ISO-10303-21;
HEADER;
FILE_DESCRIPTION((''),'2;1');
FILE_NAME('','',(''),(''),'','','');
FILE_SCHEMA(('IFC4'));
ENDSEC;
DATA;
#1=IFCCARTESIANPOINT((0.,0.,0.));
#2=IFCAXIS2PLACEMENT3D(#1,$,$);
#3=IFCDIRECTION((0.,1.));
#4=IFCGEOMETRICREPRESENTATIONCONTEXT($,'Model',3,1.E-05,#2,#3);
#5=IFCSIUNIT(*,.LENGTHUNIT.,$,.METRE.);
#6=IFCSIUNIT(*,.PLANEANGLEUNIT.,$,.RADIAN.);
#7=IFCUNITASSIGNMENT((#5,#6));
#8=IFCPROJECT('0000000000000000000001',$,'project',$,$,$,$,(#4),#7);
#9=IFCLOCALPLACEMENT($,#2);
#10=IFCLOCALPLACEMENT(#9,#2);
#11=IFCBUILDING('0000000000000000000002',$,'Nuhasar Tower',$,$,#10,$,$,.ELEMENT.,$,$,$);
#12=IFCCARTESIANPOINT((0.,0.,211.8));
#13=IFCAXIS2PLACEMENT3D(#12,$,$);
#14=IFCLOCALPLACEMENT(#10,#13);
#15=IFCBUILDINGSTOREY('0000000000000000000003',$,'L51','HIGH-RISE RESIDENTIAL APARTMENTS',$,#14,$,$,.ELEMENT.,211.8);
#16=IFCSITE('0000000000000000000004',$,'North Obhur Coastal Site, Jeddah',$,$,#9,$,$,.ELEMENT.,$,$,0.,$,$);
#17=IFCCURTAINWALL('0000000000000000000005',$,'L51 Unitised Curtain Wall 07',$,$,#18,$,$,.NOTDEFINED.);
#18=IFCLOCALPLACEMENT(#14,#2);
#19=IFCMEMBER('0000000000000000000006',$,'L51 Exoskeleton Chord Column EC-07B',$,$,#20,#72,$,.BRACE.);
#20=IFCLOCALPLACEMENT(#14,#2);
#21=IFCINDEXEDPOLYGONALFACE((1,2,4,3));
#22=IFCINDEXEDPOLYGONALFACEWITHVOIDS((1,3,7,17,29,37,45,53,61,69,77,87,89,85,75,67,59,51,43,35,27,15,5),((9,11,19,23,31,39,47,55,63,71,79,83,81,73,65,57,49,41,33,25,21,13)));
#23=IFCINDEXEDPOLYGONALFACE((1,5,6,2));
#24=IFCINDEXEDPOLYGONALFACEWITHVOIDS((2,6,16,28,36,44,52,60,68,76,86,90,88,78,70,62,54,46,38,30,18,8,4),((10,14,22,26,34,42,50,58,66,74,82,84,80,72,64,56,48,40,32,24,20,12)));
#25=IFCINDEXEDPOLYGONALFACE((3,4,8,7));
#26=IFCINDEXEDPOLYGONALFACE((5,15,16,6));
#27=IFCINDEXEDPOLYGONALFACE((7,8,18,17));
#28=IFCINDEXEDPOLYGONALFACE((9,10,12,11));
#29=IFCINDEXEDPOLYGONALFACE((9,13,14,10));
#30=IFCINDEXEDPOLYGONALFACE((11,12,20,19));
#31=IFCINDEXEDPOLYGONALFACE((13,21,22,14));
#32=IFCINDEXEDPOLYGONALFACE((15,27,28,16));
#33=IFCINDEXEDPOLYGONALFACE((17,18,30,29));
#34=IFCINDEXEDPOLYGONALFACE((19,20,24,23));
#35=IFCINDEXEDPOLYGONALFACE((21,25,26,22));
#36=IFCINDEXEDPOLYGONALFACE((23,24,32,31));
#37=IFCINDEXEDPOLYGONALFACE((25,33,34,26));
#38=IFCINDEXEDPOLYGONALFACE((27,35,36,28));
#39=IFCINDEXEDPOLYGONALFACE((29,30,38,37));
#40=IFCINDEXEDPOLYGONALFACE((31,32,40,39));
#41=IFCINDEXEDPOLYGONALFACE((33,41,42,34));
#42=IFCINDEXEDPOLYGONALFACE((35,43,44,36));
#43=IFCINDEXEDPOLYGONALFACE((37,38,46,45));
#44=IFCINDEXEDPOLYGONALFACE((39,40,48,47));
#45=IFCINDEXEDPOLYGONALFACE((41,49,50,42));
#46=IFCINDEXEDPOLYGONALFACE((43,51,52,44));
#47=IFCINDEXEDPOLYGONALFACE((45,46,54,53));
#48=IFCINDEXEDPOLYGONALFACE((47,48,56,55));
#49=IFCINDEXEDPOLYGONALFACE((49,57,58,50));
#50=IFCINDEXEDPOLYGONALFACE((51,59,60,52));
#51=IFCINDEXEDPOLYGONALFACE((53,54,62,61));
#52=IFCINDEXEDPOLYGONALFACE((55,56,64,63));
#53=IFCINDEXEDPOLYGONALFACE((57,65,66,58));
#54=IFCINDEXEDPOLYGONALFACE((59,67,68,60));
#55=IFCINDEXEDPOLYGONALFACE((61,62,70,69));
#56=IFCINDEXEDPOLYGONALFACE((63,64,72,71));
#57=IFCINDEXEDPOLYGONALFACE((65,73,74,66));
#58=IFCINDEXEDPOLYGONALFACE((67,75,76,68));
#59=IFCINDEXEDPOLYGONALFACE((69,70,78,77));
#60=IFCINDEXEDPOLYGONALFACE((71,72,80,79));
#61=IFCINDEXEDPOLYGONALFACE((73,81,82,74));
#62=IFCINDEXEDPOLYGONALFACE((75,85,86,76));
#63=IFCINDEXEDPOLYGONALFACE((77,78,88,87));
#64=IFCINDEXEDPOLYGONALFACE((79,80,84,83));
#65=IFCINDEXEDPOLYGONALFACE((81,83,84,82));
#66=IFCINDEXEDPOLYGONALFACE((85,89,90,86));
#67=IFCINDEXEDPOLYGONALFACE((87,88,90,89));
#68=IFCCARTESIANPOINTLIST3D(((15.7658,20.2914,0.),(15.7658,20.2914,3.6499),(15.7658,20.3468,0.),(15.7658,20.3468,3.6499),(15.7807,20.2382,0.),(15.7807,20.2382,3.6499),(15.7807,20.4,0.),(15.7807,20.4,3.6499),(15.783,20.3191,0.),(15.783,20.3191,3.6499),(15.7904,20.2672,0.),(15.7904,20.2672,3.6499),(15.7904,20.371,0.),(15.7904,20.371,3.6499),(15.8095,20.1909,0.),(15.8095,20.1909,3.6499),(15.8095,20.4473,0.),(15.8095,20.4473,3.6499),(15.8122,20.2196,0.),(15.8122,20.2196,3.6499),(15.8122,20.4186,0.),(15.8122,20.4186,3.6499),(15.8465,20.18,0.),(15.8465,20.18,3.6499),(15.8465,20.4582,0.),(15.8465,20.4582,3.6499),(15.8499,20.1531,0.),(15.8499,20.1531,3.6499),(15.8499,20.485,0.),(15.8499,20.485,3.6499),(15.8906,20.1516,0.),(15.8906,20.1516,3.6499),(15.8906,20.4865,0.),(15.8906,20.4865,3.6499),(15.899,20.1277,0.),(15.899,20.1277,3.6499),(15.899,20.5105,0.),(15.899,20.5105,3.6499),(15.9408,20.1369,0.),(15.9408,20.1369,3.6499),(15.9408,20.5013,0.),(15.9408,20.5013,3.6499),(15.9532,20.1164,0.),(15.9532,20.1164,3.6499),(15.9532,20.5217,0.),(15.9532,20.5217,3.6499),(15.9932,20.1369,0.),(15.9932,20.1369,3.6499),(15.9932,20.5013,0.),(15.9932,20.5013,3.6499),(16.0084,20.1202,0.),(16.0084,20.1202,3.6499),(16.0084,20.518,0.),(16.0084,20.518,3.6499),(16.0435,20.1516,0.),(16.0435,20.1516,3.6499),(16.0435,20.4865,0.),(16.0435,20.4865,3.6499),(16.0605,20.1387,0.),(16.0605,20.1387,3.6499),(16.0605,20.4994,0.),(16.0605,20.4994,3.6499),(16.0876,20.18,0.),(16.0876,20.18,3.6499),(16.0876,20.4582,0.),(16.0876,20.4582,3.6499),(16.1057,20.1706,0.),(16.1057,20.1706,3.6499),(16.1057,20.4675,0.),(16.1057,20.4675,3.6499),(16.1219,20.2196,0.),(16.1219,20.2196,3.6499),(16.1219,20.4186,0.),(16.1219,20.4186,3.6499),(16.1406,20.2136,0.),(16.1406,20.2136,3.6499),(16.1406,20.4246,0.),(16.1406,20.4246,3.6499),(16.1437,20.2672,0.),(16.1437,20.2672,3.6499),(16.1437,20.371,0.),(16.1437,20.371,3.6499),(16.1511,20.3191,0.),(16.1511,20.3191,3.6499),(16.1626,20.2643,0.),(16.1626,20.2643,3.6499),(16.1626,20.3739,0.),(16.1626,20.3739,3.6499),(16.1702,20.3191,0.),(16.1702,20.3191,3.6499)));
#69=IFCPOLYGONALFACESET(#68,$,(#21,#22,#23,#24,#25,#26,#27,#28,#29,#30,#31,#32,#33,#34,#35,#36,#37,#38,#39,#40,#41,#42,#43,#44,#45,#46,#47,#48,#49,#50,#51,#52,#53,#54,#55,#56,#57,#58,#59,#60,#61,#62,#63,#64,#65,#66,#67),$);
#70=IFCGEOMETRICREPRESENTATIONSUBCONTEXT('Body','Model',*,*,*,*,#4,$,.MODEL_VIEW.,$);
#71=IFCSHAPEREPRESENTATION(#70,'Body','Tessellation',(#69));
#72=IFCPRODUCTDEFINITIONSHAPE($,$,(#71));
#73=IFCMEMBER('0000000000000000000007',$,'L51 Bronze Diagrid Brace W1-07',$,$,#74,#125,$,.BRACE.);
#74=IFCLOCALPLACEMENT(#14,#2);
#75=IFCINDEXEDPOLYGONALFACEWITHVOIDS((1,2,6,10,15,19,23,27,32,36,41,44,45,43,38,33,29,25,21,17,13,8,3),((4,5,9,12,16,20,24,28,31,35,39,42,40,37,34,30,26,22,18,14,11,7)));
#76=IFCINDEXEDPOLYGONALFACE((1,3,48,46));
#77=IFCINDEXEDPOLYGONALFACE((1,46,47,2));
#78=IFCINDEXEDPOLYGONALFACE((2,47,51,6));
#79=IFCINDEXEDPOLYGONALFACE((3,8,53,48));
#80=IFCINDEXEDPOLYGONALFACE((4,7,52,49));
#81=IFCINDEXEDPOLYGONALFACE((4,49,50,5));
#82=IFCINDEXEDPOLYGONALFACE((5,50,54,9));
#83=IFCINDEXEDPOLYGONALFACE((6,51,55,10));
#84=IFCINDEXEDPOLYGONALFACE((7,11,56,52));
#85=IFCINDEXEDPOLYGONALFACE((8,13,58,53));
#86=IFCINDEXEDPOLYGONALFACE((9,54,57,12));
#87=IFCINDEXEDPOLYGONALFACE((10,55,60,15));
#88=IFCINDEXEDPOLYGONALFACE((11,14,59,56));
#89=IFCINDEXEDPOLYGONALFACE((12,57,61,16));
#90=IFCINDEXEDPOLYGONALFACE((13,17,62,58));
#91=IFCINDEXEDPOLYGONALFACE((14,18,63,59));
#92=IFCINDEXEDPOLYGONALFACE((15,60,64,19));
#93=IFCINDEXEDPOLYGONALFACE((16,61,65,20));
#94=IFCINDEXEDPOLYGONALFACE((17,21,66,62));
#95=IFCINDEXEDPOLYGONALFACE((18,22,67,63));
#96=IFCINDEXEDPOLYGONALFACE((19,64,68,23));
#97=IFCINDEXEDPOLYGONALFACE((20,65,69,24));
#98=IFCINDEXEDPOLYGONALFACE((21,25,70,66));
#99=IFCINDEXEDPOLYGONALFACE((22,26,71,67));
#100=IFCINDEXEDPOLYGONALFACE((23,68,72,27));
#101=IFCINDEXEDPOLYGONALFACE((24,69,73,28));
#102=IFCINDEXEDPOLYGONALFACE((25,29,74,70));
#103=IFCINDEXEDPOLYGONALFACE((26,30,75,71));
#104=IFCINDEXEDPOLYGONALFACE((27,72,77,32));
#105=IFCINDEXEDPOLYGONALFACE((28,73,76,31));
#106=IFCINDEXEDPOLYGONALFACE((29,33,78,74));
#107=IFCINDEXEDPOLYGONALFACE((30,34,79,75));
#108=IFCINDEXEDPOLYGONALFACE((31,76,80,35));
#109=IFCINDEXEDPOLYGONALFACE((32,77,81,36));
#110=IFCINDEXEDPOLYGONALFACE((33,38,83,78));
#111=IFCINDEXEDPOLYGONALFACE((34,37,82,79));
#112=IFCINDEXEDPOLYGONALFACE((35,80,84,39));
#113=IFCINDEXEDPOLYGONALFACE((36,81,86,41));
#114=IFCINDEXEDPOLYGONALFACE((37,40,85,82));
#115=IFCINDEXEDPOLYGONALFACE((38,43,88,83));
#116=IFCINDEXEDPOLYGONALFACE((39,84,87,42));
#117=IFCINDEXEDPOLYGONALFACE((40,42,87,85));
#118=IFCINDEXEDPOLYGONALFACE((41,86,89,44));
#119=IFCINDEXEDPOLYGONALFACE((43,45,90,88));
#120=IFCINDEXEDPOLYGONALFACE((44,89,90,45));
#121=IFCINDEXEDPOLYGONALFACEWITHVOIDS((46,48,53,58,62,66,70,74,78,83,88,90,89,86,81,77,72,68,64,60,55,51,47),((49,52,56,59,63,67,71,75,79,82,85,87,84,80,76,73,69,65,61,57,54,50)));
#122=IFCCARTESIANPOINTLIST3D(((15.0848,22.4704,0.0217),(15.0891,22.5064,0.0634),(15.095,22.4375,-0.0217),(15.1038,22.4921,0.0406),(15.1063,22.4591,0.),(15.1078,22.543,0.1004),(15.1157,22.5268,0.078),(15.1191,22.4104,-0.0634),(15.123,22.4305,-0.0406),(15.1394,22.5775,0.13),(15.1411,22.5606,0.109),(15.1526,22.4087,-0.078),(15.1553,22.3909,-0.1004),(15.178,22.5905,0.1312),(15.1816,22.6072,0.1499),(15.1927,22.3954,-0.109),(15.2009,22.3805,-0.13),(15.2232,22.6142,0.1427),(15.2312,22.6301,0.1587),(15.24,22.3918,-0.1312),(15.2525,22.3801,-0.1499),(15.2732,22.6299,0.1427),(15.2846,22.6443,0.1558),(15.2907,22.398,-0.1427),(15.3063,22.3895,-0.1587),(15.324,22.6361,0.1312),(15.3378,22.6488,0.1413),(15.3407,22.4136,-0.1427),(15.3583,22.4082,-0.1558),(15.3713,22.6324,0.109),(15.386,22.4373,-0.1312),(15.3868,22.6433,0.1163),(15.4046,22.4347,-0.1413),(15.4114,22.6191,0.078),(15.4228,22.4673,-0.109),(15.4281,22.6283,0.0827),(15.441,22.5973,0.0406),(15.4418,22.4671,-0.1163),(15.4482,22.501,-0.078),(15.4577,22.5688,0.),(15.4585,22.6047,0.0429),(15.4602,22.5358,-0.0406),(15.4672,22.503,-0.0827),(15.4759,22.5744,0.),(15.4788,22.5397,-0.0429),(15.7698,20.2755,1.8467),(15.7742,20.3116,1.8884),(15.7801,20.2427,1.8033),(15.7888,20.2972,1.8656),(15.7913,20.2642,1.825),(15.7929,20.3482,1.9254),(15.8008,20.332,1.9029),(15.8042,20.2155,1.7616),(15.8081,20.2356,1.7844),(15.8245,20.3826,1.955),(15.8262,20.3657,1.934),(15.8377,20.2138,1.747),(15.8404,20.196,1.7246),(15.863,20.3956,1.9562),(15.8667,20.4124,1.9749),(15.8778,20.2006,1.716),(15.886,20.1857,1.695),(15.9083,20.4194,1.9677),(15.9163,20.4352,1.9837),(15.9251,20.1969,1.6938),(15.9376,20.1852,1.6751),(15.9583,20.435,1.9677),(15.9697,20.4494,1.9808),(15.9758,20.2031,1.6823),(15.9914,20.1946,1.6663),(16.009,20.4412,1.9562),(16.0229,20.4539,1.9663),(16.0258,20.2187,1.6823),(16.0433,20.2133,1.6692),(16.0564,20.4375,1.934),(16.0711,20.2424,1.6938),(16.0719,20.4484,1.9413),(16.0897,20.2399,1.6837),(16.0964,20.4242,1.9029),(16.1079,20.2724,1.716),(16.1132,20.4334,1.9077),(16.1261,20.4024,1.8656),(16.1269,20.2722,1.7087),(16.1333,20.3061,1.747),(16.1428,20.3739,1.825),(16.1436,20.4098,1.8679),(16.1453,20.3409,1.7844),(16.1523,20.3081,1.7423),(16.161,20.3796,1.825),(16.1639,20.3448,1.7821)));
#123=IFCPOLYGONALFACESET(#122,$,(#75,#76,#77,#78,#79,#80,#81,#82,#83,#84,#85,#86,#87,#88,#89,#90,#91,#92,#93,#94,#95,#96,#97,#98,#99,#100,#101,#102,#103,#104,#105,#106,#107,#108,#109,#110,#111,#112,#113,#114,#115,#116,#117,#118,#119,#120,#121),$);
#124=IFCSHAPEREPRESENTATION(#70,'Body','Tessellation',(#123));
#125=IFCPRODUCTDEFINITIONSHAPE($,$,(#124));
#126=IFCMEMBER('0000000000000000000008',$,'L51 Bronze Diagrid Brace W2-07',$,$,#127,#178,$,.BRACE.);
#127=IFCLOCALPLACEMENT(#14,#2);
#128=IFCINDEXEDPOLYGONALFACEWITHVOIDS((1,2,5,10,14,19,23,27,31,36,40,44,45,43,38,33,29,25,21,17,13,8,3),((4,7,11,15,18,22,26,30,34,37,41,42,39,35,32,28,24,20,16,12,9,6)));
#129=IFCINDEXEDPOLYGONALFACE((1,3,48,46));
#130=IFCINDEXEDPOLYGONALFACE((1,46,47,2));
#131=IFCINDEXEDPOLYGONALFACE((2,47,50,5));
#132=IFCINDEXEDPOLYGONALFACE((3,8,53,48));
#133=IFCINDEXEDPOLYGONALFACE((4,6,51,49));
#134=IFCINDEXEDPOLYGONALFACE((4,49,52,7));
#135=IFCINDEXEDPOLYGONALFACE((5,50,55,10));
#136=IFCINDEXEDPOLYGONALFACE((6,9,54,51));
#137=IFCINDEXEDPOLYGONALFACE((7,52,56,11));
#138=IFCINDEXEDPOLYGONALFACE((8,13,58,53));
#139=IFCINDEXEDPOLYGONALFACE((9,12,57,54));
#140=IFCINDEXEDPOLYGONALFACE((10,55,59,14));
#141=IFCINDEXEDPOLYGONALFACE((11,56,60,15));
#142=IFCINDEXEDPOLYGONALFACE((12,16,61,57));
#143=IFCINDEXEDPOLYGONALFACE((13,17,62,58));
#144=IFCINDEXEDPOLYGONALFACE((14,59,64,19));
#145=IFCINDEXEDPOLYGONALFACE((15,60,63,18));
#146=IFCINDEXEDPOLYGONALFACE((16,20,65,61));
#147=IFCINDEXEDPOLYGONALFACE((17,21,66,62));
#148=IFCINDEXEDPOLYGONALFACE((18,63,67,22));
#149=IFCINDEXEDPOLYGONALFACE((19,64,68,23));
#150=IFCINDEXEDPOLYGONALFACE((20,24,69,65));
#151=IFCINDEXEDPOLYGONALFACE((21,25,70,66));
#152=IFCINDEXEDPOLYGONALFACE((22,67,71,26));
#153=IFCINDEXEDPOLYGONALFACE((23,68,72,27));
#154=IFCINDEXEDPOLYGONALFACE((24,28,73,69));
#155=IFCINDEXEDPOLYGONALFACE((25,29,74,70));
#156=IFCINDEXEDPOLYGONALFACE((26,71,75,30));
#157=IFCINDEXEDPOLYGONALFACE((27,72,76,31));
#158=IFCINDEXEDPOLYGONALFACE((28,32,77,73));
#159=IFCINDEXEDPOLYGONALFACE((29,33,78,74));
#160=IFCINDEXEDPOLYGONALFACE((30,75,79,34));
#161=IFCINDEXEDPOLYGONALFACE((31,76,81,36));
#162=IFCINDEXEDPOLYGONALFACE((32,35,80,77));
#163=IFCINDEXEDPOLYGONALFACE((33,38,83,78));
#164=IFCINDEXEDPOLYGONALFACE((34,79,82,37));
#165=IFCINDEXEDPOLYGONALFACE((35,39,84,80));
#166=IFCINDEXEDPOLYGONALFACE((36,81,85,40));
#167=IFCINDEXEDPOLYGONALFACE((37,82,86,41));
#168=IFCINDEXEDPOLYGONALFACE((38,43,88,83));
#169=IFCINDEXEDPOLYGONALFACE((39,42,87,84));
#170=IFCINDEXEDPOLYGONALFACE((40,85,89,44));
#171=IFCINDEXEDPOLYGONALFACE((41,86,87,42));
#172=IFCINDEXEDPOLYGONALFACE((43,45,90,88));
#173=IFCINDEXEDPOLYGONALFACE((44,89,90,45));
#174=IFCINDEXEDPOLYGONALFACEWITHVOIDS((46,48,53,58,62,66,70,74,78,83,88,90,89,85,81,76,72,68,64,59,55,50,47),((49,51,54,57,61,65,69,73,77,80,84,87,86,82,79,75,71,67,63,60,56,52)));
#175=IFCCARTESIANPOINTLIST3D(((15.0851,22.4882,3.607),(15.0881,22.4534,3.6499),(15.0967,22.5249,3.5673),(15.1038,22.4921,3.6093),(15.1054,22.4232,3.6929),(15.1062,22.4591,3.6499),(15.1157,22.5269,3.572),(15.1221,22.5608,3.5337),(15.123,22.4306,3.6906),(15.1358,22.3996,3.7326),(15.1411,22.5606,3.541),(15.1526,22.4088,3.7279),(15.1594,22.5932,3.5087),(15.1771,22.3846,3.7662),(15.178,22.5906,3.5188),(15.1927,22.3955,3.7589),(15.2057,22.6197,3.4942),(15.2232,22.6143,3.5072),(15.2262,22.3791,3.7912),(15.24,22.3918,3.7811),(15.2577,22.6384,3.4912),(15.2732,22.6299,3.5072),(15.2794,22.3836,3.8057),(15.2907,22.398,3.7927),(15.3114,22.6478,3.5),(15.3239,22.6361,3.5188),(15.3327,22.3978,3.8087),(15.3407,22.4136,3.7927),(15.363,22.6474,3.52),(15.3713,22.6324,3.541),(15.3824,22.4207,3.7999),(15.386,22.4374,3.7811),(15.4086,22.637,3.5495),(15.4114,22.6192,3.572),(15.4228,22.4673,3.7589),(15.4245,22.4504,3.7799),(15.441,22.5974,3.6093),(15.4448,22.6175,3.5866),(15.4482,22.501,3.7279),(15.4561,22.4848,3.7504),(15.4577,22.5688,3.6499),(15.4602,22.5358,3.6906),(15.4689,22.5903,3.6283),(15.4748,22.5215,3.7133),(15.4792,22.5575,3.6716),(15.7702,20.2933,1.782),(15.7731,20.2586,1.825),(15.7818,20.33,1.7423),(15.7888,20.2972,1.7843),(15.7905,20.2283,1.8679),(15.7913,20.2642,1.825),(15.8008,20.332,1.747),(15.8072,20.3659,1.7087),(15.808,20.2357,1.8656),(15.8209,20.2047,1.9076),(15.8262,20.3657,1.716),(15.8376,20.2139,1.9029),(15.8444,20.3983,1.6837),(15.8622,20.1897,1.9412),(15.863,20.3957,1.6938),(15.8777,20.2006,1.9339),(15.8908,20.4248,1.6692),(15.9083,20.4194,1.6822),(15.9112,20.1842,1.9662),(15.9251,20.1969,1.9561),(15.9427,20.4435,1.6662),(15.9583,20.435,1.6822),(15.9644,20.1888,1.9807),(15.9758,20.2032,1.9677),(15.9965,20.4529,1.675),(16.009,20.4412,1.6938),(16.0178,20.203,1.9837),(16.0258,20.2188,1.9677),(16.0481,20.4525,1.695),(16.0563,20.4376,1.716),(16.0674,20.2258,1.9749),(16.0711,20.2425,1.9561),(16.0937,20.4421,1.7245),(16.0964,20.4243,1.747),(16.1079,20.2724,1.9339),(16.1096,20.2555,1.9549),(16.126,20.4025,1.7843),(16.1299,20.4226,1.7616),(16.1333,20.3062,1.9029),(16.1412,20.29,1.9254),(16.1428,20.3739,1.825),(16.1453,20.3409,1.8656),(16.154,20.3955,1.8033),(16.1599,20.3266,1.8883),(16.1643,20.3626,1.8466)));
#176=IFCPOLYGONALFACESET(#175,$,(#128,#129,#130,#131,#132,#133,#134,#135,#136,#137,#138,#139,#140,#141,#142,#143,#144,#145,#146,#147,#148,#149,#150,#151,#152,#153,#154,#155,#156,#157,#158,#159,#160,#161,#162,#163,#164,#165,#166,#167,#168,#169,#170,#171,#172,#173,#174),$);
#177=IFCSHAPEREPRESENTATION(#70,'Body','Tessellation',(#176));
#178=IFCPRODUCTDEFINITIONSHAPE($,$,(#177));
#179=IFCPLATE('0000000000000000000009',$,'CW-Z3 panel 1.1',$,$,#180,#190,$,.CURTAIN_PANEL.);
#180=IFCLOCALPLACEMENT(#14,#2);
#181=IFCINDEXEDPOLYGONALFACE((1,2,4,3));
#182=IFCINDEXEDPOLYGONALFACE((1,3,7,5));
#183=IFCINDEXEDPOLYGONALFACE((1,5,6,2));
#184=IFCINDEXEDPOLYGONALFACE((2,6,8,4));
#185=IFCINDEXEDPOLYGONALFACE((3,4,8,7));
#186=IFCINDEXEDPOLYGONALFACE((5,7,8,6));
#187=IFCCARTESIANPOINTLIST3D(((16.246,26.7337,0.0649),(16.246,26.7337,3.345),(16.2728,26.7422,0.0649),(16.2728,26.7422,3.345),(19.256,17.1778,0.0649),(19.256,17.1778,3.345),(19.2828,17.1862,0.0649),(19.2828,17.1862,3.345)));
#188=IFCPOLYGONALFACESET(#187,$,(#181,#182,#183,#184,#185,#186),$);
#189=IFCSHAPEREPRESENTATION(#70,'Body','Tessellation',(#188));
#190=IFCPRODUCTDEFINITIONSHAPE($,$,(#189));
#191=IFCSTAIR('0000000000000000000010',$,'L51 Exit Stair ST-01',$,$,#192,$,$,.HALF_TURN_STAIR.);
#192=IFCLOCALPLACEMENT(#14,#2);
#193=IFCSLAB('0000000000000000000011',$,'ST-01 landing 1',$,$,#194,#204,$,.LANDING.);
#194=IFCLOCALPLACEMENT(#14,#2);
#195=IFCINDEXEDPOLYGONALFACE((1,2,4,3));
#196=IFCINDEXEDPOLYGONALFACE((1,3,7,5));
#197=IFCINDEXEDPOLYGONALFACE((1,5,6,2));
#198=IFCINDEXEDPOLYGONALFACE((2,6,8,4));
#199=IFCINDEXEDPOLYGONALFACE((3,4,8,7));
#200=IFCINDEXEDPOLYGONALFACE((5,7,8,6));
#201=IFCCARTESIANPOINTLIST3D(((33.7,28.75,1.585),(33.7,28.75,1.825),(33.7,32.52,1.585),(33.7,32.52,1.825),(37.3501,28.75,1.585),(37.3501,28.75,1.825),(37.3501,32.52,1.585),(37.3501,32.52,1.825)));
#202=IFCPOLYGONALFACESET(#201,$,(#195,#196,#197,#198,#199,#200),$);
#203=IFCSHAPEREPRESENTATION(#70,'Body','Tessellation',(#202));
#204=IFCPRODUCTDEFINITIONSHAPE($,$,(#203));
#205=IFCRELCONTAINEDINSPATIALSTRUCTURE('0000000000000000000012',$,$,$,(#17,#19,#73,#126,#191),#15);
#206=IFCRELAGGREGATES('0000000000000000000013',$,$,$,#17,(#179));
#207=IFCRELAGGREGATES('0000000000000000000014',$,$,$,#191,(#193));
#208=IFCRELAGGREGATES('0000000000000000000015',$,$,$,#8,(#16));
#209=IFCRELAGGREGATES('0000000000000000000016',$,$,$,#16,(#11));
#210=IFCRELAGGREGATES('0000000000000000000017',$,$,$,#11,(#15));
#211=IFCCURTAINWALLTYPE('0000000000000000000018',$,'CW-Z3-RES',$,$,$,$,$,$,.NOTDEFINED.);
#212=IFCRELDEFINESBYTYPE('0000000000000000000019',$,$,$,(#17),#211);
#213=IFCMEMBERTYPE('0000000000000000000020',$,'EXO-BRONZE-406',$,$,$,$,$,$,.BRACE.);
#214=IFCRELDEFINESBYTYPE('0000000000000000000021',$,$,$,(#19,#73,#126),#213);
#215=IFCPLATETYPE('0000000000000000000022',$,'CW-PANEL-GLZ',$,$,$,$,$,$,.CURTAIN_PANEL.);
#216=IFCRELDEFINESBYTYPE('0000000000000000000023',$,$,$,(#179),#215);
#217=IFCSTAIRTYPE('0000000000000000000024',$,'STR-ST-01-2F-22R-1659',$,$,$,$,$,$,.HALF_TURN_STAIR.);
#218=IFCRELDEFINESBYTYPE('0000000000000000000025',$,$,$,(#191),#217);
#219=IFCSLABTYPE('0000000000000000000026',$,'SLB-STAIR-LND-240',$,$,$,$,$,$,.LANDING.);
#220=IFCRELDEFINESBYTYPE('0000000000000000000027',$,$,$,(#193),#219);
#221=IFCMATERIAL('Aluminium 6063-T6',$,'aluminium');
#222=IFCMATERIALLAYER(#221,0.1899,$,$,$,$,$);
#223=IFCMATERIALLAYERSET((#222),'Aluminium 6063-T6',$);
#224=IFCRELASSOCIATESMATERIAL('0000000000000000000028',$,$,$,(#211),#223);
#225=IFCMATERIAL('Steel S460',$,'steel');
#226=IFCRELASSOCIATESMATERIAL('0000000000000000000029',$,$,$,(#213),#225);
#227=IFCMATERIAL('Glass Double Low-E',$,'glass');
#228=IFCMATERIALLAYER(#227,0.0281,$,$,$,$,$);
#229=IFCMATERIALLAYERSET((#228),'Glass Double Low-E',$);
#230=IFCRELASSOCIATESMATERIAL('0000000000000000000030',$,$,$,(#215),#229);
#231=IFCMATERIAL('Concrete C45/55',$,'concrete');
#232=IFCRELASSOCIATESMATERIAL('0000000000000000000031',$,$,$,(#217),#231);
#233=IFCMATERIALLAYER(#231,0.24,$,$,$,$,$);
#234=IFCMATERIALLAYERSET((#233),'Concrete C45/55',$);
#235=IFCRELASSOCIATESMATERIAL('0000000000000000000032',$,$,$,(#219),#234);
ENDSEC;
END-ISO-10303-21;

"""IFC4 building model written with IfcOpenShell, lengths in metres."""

from ifc_helpers import new_model, si_unit, direction, frame, origin, origin_2d, place, context, subcontext, project, spatial, polyline, rectangle, hollow_circle, outline, extrude, material, layer, layer_set, material_profile, profile_set, type_object, element, aggregate, save


model = new_model("IFC4")

# Units and contexts
model_context = context("Model", 3, precision=1e-05, world=origin(), true_north=direction((0.0, 1.0)))
body_context = subcontext(model_context, "Body", "Model", "MODEL_VIEW")
ifc_project = project(units=[si_unit("LENGTHUNIT", "METRE"), si_unit("PLANEANGLEUNIT", "RADIAN")], contexts=[model_context])

# Site, building, storey
site_placement = place(None, origin())
site = spatial("IfcSite", under=ifc_project, at=site_placement, Name="North Obhur Coastal Site, Jeddah", CompositionType="ELEMENT", RefElevation=0.0)
building_placement = place(site_placement, origin())
building = spatial("IfcBuilding", under=site, at=building_placement, Name="Nuhasar Tower", CompositionType="ELEMENT")
storey_placement = place(building_placement, frame((0.0, 0.0, 211.8)))
storey = spatial("IfcBuildingStorey", under=building, at=storey_placement, Name="L51", Description="HIGH-RISE RESIDENTIAL APARTMENTS", CompositionType="ELEMENT", Elevation=211.8)

# Curtain wall
ifc_material_1 = material(Name="Aluminium 6063-T6", Category="aluminium")
ifc_layer_1 = layer(ifc_material_1, 0.1899)
ifc_layer_set_1 = layer_set([ifc_layer_1], Name="Aluminium 6063-T6")
curtain_wall_type = type_object("IfcCurtainWallType", Name="CW-Z3-RES", PredefinedType="NOTDEFINED", material=ifc_layer_set_1)
curtain_wall_1_placement = place(storey_placement, origin())
curtain_wall_1 = element("IfcCurtainWall", 1, at=curtain_wall_1_placement, inside=storey, type_object=curtain_wall_type, Name="L51 Unitised Curtain Wall 07", PredefinedType="NOTDEFINED")

# Members
ifc_material_2 = material(Name="Steel S460", Category="steel")
ifc_material_profile_1 = material_profile(ifc_material_2, hollow_circle(Radius=0.2031, WallThickness=0.019, at=origin_2d()), Name="HSS406.4X19.1")
ifc_profile_set_1 = profile_set([ifc_material_profile_1], Name="Steel S460")
member_type_1 = type_object("IfcMemberType", Name="EXO-BRONZE-406", PredefinedType="BRACE", material=ifc_profile_set_1)
for number, where, z_axis, x_axis, name in (
    (2, (15.967, 20.3191, 0.0), (0.0, 0.0, 1.0), (1.0, 0.0, 0.0), "L51 Exoskeleton Chord Column EC-07B"),
):
    element("IfcMember", number, at=place(storey_placement, frame(where, z_axis=z_axis, x_axis=x_axis)), inside=storey, type_object=member_type_1, Name=name, PredefinedType="BRACE", context=body_context, shape_type="SweptSolid", body=[
        extrude(hollow_circle(Radius=0.2031, WallThickness=0.019, at=origin_2d()), origin(), (0.0, 0.0, 1.0), 3.6499),
    ])
for number, where, z_axis, x_axis, name in (
    (3, (15.282, 22.5139, 0.0), (0.233372, -0.74769, 0.621689), (0.954582, 0.297948, 0.0), "L51 Bronze Diagrid Brace W1-07"),
    (4, (15.967, 20.3191, 1.825), (-0.233372, 0.74769, 0.621689), (-0.954582, -0.297948, 0.0), "L51 Bronze Diagrid Brace W2-07"),
):
    element("IfcMember", number, at=place(storey_placement, frame(where, z_axis=z_axis, x_axis=x_axis)), inside=storey, type_object=member_type_1, Name=name, PredefinedType="BRACE", context=body_context, shape_type="SweptSolid", body=[
        extrude(hollow_circle(Radius=0.2031, WallThickness=0.019, at=origin_2d()), origin(), (0.0, 0.0, 1.0), 2.9355),
    ])

# Plate
ifc_material_3 = material(Name="Glass Double Low-E", Category="glass")
ifc_layer_2 = layer(ifc_material_3, 0.0281)
ifc_layer_set_2 = layer_set([ifc_layer_2], Name="Glass Double Low-E")
plate_type = type_object("IfcPlateType", Name="CW-PANEL-GLZ", PredefinedType="CURTAIN_PANEL", material=ifc_layer_set_2)
plate_placement = place(storey_placement, frame((17.7644, 21.96, 0.0649), z_axis=(0.0, 0.0, 1.0), x_axis=(0.300429, -0.953804, 0.0)))
plate = element("IfcPlate", 5, at=plate_placement, type_object=plate_type, Name="CW-Z3 panel 1.1", PredefinedType="CURTAIN_PANEL", context=body_context, shape_type="SweptSolid", body=[
    extrude(rectangle(XDim=10.0188, YDim=0.0281, at=origin_2d()), origin(), (0.0, 0.0, 1.0), 3.28),
])
aggregate(curtain_wall_1, [plate])

# Stair, slab
ifc_material_4 = material(Name="Concrete C45/55", Category="concrete")
stair_type_1 = type_object("IfcStairType", Name="STR-ST-01-2F-22R-1659", PredefinedType="HALF_TURN_STAIR", material=ifc_material_4)
stair_1_placement = place(storey_placement, origin())
stair_1 = element("IfcStair", 6, at=stair_1_placement, inside=storey, type_object=stair_type_1, Name="L51 Exit Stair ST-01", PredefinedType="HALF_TURN_STAIR")
ifc_layer_3 = layer(ifc_material_4, 0.24)
ifc_layer_set_3 = layer_set([ifc_layer_3], Name="Concrete C45/55")
slab_type_1 = type_object("IfcSlabType", Name="SLB-STAIR-LND-240", PredefinedType="LANDING", material=ifc_layer_set_3)
slab_1_placement = place(storey_placement, frame((0.0, 0.0, 1.585)))
slab_1 = element("IfcSlab", 7, at=slab_1_placement, type_object=slab_type_1, Name="ST-01 landing 1", PredefinedType="LANDING", context=body_context, shape_type="SweptSolid", body=[
    extrude(outline(polyline([(33.7, 28.75), (37.3501, 28.75), (37.3501, 32.52), (33.7, 32.52), (33.7, 28.75)])), origin(), (0.0, 0.0, 1.0), 0.24),
])
aggregate(stair_1, [slab_1])

save(model, "model.ifc")
